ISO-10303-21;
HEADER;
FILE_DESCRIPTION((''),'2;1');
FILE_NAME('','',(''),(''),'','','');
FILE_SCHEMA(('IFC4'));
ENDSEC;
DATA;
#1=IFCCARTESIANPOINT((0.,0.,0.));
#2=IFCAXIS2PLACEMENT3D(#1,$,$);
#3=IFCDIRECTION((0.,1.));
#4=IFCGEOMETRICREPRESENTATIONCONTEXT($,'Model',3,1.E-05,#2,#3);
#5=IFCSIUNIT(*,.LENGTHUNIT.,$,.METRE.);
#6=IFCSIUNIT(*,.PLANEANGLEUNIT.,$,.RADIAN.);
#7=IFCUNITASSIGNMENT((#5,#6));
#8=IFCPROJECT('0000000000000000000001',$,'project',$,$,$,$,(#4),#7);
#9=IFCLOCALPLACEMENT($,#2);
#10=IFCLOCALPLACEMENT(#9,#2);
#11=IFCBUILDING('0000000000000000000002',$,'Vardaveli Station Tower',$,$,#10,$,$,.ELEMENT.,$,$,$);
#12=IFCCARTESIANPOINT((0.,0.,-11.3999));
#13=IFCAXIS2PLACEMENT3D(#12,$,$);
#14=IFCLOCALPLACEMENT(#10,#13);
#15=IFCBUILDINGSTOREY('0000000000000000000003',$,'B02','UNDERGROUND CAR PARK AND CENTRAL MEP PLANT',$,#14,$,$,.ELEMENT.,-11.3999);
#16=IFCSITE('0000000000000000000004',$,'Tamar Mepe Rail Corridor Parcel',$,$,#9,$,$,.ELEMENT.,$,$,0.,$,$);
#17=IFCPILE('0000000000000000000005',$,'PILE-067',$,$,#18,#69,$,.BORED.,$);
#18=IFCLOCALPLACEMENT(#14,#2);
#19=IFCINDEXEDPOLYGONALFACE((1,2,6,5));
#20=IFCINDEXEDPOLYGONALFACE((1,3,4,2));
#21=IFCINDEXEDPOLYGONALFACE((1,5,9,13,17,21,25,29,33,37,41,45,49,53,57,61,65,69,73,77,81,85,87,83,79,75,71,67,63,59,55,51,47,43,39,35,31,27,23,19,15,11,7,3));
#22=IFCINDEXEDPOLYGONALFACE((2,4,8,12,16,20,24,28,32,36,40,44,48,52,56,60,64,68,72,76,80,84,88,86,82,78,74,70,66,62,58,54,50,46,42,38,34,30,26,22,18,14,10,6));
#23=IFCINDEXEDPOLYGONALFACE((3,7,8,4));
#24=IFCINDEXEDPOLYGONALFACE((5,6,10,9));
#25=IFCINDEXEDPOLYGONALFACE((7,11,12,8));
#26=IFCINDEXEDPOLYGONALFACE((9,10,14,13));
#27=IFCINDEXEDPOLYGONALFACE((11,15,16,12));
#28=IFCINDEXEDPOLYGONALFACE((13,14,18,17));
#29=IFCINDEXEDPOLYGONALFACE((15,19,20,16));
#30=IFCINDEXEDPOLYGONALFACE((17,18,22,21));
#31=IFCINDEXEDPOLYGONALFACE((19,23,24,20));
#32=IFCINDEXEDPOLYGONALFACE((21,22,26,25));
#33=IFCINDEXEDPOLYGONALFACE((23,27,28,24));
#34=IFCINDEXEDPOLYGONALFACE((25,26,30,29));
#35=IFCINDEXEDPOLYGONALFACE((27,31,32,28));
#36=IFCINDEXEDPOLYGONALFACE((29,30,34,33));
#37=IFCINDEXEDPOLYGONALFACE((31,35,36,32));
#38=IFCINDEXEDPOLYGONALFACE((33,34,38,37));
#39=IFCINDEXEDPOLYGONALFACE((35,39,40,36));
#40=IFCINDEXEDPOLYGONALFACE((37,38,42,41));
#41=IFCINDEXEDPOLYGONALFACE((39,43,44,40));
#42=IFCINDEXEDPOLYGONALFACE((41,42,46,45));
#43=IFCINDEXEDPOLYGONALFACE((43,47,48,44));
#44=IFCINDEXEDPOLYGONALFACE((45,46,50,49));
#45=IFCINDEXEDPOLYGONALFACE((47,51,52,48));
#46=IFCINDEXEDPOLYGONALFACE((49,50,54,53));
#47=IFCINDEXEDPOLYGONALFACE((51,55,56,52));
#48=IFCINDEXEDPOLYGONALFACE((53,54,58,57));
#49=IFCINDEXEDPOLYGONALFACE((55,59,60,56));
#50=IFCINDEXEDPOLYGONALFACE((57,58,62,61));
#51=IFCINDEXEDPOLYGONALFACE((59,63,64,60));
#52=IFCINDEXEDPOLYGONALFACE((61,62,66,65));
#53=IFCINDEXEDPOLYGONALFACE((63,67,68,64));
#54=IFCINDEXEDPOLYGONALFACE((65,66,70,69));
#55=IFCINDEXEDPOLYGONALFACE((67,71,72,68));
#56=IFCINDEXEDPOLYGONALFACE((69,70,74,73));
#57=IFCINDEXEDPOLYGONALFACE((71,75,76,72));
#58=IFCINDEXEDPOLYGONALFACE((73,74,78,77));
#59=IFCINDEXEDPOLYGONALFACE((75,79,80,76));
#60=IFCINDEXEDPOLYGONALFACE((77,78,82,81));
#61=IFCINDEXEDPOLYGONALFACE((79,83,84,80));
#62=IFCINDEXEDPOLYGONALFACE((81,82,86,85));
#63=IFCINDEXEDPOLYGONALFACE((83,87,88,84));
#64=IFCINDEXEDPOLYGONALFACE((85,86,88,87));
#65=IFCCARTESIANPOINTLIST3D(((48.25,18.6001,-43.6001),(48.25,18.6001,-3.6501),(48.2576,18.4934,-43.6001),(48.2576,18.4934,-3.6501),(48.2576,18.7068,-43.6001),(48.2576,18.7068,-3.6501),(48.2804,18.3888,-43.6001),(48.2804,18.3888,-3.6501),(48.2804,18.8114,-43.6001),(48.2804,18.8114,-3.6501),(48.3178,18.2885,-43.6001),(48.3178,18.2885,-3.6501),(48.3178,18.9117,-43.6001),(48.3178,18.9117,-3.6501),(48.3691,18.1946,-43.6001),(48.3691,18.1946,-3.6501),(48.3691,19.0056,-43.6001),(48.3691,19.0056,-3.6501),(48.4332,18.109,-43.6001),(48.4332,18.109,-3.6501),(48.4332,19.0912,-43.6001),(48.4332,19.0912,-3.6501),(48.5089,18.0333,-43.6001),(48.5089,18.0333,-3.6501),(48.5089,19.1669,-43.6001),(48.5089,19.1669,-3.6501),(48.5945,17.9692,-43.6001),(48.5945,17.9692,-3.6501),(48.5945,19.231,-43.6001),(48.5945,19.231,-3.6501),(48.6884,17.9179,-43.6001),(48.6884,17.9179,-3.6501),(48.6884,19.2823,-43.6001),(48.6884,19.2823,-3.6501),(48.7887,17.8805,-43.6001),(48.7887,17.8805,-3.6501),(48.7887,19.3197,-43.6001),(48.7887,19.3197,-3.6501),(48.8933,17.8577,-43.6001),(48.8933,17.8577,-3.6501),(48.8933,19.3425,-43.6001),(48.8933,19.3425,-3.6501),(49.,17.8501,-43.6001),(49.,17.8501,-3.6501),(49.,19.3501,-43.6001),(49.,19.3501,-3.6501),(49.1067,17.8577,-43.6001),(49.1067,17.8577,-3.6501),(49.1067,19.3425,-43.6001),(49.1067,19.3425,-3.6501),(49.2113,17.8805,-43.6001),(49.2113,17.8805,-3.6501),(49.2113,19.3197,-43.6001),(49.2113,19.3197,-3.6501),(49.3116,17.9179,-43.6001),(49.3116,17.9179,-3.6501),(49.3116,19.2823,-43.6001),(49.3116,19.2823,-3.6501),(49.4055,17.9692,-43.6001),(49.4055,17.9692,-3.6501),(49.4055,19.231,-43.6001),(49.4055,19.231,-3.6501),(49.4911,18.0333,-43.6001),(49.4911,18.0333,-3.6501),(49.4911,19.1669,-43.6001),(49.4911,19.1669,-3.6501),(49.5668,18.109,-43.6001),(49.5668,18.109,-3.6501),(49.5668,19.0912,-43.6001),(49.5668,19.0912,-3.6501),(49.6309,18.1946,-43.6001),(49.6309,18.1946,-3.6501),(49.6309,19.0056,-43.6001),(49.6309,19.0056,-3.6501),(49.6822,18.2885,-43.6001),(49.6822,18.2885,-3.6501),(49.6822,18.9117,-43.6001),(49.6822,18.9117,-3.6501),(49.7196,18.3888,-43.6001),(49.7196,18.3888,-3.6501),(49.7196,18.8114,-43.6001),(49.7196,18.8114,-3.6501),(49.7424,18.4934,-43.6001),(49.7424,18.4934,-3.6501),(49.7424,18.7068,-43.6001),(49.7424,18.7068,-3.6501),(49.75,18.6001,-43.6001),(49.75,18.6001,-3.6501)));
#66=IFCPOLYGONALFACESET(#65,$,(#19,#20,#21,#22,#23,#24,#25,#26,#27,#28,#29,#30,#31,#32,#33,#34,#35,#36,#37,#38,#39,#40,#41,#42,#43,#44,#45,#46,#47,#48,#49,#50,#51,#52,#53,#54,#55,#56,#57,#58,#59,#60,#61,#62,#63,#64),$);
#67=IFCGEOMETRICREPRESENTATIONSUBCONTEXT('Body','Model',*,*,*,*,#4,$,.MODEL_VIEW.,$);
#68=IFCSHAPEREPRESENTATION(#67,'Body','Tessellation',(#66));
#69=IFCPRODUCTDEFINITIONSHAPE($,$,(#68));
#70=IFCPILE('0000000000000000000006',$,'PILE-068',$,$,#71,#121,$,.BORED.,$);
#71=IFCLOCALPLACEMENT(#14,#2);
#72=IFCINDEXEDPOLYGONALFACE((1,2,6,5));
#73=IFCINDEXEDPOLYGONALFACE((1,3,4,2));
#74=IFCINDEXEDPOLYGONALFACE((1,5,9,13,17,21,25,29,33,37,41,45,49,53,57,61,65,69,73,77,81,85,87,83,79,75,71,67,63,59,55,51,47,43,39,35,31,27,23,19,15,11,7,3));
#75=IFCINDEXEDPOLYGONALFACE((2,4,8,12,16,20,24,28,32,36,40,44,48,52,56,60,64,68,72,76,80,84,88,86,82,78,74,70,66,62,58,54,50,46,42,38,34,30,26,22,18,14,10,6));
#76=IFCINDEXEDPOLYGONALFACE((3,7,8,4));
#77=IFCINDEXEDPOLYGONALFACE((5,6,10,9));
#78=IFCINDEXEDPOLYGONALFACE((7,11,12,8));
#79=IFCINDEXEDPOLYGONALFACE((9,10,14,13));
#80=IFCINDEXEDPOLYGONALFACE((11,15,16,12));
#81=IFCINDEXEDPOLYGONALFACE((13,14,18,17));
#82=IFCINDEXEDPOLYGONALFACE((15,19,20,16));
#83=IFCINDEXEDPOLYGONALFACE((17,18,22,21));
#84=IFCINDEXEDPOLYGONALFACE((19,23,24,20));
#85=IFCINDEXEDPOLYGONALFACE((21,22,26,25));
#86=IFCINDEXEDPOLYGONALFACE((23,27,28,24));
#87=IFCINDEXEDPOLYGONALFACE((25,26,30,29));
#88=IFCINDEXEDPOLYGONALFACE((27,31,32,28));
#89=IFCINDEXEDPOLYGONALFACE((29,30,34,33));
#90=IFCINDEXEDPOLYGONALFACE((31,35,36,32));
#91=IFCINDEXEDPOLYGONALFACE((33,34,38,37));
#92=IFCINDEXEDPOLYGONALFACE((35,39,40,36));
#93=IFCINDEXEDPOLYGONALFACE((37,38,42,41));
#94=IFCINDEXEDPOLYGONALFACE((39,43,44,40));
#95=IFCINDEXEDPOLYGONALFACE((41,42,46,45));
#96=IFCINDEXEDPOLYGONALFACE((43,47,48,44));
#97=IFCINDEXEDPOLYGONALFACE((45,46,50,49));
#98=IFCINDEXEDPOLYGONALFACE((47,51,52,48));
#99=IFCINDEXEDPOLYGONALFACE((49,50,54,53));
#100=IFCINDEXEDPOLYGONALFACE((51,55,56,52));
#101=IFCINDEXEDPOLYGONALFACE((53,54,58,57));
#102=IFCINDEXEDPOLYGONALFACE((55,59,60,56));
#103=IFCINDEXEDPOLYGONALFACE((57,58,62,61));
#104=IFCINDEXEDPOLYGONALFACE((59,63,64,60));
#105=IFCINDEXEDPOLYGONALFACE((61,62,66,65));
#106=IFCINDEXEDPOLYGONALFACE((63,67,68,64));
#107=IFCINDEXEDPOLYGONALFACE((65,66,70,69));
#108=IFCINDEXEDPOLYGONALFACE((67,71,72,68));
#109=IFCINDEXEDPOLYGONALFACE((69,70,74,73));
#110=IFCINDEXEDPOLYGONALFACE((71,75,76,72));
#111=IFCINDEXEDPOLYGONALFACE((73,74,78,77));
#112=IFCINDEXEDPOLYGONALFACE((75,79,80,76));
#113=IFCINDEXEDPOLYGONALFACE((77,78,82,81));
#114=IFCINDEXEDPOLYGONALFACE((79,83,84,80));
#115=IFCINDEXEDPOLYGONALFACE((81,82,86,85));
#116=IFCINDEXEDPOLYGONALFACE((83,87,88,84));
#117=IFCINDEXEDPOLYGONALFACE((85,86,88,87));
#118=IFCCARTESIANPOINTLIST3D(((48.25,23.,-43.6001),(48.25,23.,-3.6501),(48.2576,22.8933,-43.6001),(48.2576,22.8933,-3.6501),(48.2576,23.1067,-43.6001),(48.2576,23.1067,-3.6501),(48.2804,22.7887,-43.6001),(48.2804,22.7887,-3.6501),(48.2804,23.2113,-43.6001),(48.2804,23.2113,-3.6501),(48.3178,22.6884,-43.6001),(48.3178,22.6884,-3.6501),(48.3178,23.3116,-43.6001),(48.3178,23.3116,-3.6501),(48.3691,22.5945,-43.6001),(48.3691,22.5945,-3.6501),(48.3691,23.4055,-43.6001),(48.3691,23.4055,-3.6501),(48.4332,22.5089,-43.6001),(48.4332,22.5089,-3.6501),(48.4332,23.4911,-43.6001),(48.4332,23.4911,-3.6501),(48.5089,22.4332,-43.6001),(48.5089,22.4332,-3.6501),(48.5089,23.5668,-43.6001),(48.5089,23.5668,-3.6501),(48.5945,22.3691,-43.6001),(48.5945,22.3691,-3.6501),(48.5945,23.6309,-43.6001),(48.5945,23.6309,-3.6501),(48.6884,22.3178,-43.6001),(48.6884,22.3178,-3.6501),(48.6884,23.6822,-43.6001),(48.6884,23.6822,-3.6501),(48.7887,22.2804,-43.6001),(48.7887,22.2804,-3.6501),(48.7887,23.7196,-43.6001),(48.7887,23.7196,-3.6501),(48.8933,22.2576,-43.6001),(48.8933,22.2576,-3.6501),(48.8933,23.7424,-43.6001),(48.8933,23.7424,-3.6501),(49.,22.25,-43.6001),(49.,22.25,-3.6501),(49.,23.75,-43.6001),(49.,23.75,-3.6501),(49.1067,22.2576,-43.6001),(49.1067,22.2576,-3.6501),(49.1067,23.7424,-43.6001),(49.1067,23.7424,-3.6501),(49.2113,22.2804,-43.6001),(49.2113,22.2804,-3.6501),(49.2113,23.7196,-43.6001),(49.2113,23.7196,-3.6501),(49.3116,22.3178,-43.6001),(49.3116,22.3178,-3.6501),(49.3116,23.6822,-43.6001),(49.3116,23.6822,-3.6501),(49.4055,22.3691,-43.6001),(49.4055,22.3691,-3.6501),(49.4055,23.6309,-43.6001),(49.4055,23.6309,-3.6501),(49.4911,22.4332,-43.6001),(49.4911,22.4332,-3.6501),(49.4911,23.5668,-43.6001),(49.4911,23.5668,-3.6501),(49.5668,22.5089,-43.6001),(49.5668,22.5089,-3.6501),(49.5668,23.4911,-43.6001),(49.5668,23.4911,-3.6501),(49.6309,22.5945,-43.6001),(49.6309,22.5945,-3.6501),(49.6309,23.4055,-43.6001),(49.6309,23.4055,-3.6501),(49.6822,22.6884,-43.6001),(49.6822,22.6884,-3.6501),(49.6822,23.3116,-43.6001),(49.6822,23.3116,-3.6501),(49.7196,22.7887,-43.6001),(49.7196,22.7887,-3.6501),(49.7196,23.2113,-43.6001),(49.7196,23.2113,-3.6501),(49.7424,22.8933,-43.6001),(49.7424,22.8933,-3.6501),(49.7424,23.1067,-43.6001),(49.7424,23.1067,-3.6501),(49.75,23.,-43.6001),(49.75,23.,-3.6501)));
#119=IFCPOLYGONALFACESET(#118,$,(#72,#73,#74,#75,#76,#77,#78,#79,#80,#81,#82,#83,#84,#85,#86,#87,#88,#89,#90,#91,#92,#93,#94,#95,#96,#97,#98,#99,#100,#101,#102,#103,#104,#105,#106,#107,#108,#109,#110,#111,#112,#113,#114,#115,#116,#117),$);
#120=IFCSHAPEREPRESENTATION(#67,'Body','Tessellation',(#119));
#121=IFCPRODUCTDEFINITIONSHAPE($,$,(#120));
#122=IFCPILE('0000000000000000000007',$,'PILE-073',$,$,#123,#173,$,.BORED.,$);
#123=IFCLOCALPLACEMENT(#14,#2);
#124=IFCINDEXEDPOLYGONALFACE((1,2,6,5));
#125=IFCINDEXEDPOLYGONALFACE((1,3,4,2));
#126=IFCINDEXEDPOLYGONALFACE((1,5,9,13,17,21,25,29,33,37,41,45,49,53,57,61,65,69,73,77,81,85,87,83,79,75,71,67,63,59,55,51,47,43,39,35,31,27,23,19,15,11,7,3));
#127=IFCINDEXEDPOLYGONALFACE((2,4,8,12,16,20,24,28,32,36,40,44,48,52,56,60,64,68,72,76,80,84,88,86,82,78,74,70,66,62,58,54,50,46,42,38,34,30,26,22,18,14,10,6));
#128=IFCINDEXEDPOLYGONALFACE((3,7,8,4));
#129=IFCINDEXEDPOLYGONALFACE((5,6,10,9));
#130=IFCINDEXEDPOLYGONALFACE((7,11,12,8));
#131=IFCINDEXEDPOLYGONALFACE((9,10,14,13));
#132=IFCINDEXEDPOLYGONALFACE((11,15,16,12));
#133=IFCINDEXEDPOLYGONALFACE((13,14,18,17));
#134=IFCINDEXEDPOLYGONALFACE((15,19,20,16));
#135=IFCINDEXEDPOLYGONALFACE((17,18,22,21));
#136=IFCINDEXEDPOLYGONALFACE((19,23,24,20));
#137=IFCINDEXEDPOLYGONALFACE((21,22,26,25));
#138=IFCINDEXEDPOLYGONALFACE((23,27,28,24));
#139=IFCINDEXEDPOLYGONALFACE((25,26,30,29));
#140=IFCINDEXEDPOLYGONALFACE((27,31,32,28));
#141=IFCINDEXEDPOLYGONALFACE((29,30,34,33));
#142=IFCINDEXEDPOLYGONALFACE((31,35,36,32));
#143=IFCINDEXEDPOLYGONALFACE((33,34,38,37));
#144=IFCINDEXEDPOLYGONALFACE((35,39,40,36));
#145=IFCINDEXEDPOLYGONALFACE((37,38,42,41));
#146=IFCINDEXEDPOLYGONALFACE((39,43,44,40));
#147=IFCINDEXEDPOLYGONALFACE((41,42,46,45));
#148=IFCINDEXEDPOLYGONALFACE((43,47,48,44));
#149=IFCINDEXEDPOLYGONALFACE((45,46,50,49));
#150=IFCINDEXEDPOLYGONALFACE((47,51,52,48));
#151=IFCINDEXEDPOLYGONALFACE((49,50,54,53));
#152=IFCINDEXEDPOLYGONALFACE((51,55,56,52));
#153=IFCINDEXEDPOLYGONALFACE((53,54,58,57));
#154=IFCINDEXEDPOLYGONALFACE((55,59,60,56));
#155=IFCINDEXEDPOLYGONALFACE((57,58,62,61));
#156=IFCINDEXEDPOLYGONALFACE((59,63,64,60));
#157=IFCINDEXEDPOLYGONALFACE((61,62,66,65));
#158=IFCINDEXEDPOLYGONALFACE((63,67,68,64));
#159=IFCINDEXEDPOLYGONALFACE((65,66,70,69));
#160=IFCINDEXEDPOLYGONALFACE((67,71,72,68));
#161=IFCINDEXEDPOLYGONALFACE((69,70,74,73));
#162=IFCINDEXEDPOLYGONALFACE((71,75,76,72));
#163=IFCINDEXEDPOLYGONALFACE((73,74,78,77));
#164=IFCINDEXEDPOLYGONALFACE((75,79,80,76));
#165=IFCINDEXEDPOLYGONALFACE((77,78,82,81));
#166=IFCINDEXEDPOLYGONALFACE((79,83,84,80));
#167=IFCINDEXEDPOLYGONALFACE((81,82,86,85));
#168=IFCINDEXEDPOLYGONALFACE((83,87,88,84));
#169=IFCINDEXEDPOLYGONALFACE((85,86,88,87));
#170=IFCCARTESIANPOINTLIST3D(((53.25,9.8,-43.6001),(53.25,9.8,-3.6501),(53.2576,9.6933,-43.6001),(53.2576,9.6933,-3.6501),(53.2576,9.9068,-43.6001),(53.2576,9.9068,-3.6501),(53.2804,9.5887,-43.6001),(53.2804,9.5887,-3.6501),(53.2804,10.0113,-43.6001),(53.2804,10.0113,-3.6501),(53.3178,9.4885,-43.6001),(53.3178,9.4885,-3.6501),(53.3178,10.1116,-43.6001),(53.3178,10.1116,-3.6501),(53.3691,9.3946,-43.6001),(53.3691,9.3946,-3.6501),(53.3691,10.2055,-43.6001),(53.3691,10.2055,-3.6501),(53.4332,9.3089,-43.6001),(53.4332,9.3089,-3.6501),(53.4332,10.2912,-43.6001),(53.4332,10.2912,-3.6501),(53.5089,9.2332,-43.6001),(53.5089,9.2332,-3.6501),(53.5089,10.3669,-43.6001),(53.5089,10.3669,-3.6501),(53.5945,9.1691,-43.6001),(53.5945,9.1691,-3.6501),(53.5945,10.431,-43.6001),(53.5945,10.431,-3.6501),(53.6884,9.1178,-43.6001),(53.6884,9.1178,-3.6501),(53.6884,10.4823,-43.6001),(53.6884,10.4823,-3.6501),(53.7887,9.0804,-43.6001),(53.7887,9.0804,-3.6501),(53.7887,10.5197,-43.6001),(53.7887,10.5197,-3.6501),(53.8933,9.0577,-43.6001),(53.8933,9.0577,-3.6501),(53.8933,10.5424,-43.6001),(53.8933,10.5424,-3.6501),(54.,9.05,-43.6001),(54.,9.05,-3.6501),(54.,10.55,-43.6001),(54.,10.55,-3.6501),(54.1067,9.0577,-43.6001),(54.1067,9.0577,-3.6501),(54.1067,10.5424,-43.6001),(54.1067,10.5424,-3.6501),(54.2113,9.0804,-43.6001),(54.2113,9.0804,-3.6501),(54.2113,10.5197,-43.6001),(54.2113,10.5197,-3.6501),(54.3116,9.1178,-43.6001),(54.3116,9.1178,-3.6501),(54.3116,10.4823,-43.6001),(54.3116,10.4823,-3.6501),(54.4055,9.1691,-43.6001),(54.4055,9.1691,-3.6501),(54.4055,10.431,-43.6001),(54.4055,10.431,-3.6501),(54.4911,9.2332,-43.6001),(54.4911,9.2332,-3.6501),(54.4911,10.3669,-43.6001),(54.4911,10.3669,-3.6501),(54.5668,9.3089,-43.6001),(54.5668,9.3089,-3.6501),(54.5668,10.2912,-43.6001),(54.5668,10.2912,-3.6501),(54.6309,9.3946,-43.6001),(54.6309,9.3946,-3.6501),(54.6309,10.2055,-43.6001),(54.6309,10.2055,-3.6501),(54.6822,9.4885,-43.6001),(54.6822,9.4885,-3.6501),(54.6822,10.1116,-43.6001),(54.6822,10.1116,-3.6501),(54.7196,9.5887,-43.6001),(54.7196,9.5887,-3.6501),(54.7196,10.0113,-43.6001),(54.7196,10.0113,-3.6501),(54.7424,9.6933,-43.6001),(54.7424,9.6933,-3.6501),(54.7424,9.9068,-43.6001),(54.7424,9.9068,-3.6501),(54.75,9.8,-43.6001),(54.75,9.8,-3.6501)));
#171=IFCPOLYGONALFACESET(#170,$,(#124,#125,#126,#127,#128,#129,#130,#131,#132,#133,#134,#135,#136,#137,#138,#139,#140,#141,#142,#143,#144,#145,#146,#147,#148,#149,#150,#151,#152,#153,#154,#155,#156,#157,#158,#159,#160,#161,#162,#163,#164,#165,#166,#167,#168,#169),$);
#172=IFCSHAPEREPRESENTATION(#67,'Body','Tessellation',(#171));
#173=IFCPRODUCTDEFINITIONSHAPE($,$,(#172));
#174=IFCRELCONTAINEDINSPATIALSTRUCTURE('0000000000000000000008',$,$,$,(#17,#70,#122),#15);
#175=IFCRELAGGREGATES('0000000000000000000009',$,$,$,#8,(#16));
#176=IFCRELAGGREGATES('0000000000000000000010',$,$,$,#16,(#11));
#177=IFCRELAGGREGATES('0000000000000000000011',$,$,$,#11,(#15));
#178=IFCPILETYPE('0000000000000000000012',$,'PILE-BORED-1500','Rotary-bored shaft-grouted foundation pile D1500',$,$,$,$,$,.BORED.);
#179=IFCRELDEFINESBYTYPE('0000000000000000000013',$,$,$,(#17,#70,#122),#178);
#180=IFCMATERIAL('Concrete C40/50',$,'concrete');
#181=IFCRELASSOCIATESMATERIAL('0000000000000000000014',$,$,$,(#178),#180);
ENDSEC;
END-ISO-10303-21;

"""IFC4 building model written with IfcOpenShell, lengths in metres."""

from ifc_helpers import new_model, si_unit, direction, frame, origin, origin_2d, place, context, subcontext, project, spatial, circle, extrude, source, transform, mapped, material, material_profile, profile_set, type_object, element, save


model = new_model("IFC4")

# Units and contexts
model_context = context("Model", 3, precision=1e-05, world=origin(), true_north=direction((0.0, 1.0)))
body_context = subcontext(model_context, "Body", "Model", "MODEL_VIEW")
ifc_project = project(units=[si_unit("LENGTHUNIT", "METRE"), si_unit("PLANEANGLEUNIT", "RADIAN")], contexts=[model_context])

# Site, building, storey
site_placement = place(None, origin())
site = spatial("IfcSite", under=ifc_project, at=site_placement, Name="Tamar Mepe Rail Corridor Parcel", CompositionType="ELEMENT", RefElevation=0.0)
building_placement = place(site_placement, origin())
building = spatial("IfcBuilding", under=site, at=building_placement, Name="Vardaveli Station Tower", CompositionType="ELEMENT")
storey_placement = place(building_placement, frame((0.0, 0.0, -11.3999)))
storey = spatial("IfcBuildingStorey", under=building, at=storey_placement, Name="B02", Description="UNDERGROUND CAR PARK AND CENTRAL MEP PLANT", CompositionType="ELEMENT", Elevation=-11.3999)

# Piles
ifc_material_1 = material(Name="Concrete C40/50", Category="concrete")
ifc_material_profile_1 = material_profile(ifc_material_1, circle(Radius=0.75, at=origin_2d()), Name="PILE D1500")
ifc_profile_set_1 = profile_set([ifc_material_profile_1], Name="Concrete C40/50")
pile_type_1 = type_object("IfcPileType", Name="PILE-BORED-1500", Description="Rotary-bored shaft-grouted foundation pile D1500", PredefinedType="BORED", material=ifc_profile_set_1)
shared_shape_1 = source(origin(), body_context, "Body", "SweptSolid", [
    extrude(circle(Radius=0.75, at=origin_2d()), origin(), (0.0, 0.0, 1.0), 39.95),
])
for number, where, z_axis, x_axis, name in (
    (1, (49.0, 18.6001, -3.6501), (0.0, 0.0, -1.0), (1.0, 0.0, 0.0), "PILE-067"),
    (2, (49.0, 23.0, -3.6501), (0.0, 0.0, -1.0), (1.0, 0.0, 0.0), "PILE-068"),
    (3, (54.0, 9.8, -3.6501), (0.0, 0.0, -1.0), (1.0, 0.0, 0.0), "PILE-073"),
):
    element("IfcPile", number, at=place(storey_placement, frame(where, z_axis=z_axis, x_axis=x_axis)), inside=storey, type_object=pile_type_1, Name=name, PredefinedType="BORED", context=body_context, shape_type="MappedRepresentation", body=[
        mapped(shared_shape_1, transform((0.0, 0.0, 0.0), scale=1.0)),
    ])

save(model, "model.ifc")
